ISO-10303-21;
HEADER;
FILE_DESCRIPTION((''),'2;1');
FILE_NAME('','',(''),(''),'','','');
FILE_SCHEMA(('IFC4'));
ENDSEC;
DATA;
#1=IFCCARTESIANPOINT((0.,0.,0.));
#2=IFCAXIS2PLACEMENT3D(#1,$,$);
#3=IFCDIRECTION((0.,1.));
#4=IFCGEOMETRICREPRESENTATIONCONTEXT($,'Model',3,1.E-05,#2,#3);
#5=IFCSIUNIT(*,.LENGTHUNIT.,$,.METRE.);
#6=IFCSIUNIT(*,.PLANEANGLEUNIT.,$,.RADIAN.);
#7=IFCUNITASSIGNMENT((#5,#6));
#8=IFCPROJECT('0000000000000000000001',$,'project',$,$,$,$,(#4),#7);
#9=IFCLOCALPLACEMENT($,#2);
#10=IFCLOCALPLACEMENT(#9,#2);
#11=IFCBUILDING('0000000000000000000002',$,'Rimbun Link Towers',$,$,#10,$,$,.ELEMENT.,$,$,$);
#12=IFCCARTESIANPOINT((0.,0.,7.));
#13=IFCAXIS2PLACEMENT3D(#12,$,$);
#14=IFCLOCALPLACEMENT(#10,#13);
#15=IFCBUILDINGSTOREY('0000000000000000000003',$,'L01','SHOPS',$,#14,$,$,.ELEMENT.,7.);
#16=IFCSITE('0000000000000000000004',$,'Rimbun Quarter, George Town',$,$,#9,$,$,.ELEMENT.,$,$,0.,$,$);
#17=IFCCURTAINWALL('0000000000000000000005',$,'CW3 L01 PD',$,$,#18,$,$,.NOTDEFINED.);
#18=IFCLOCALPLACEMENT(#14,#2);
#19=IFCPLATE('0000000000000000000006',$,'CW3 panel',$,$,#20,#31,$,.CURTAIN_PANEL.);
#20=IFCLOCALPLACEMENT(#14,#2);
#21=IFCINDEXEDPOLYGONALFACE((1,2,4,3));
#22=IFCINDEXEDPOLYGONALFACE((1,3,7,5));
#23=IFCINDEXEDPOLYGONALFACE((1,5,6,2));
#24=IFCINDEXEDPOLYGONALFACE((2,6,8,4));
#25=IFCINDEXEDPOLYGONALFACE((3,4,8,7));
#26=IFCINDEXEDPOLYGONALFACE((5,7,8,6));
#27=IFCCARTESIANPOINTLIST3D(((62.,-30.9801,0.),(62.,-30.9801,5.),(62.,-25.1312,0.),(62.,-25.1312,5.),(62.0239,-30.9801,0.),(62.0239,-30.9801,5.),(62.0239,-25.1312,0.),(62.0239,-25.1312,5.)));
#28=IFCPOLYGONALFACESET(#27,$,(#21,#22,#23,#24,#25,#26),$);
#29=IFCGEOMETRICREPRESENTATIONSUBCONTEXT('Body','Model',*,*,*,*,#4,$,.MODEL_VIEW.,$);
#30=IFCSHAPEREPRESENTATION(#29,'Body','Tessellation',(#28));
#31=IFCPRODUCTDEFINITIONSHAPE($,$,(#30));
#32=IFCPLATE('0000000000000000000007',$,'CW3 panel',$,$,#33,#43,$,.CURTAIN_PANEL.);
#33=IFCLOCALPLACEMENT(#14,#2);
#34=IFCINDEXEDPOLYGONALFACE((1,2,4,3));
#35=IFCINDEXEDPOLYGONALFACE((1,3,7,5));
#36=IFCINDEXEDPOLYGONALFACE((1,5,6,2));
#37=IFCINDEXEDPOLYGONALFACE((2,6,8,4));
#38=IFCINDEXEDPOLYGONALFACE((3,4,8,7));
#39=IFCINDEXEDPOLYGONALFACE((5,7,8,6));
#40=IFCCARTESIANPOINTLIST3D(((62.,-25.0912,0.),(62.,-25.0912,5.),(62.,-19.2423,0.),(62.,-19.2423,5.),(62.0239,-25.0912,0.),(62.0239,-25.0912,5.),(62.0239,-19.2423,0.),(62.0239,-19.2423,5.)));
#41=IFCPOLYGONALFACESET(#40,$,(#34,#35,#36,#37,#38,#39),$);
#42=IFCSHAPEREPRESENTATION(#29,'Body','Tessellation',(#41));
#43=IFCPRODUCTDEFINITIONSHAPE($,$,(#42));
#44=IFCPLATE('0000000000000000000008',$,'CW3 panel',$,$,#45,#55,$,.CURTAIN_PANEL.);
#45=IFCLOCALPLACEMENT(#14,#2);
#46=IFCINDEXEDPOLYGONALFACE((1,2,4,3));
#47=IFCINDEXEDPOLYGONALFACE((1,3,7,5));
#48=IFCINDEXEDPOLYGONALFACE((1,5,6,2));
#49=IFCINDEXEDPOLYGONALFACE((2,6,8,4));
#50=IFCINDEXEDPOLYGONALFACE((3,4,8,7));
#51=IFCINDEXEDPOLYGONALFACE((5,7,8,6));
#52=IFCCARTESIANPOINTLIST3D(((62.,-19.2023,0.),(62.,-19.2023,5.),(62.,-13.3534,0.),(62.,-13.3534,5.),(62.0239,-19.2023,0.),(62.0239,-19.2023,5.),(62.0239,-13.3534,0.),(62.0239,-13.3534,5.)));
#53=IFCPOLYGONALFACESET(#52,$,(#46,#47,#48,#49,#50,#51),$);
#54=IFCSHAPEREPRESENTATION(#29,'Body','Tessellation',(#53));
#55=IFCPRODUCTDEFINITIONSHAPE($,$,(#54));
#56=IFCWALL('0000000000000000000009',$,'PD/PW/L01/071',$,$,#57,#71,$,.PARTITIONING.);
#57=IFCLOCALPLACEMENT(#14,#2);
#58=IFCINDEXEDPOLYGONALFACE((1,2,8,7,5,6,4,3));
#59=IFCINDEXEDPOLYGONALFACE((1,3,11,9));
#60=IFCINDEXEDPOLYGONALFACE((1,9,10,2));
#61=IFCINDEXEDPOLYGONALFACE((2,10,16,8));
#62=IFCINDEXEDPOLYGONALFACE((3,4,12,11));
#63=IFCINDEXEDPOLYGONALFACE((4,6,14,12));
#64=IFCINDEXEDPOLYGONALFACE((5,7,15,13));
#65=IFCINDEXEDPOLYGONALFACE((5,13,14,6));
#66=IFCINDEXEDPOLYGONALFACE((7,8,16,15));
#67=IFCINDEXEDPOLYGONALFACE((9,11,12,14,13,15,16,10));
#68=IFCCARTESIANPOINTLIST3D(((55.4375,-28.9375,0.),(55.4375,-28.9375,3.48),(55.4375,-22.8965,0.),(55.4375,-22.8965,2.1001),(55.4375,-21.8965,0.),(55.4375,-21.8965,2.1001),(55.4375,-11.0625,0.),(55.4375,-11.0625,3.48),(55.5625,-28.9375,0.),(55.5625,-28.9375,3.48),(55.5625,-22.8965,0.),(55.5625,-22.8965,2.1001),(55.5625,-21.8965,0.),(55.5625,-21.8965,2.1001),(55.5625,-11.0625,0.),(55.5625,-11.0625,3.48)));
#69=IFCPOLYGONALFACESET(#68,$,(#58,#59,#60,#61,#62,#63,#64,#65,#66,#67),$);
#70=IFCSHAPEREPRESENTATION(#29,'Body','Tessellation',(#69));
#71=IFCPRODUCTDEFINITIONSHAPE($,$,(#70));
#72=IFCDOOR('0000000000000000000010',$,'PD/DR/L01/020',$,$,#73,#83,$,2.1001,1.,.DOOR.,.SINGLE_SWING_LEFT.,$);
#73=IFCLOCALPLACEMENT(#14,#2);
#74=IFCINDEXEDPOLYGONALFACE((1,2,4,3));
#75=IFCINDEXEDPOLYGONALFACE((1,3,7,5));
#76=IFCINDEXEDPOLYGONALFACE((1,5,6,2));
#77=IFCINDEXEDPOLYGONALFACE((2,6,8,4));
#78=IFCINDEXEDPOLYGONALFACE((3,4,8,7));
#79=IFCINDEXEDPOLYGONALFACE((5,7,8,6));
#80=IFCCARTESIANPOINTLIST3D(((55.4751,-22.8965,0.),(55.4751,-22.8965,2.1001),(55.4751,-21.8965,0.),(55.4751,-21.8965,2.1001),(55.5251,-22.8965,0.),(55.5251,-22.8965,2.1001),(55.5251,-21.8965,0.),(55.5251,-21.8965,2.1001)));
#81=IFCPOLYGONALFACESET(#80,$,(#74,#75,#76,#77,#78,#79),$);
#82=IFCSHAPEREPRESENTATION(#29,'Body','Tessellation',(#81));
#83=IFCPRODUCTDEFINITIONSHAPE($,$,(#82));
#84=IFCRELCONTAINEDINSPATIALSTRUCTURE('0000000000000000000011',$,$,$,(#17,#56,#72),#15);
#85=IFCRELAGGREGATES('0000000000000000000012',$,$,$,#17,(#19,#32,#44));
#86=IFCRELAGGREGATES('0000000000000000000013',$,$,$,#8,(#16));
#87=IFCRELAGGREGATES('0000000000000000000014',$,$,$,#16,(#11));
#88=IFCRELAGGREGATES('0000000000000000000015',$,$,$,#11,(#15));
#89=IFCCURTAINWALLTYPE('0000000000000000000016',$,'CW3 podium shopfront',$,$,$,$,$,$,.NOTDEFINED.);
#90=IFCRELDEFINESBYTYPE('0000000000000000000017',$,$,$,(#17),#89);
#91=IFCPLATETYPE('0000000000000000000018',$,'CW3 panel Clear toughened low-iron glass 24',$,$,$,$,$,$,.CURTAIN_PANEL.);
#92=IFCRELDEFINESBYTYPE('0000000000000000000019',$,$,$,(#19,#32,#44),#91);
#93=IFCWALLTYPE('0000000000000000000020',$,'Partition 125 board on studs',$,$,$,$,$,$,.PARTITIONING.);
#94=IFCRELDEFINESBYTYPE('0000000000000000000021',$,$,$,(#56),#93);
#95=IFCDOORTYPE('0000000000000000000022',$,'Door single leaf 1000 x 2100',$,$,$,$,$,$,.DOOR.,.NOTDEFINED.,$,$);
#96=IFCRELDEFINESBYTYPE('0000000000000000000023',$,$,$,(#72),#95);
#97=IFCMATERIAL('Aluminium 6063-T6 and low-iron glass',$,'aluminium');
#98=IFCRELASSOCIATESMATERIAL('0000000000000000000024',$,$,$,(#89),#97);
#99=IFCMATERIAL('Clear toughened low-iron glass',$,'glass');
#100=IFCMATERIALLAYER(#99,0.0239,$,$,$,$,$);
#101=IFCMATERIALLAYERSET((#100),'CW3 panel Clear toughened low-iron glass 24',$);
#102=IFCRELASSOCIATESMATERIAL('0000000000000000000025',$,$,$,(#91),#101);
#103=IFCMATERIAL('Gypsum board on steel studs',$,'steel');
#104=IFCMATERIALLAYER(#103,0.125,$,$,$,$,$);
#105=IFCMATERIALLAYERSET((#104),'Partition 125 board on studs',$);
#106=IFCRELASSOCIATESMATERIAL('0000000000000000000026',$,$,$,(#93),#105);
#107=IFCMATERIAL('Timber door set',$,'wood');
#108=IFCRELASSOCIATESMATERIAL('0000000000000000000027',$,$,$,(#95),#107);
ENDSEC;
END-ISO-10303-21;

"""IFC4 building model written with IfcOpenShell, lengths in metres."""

from ifc_helpers import new_model, si_unit, direction, frame, frame_2d, origin, origin_2d, place, context, subcontext, project, spatial, rectangle, extrude, material, layer, layer_set, type_object, element, fill, aggregate, save


model = new_model("IFC4")

# Units and contexts
model_context = context("Model", 3, precision=1e-05, world=origin(), true_north=direction((0.0, 1.0)))
body_context = subcontext(model_context, "Body", "Model", "MODEL_VIEW")
ifc_project = project(units=[si_unit("LENGTHUNIT", "METRE"), si_unit("PLANEANGLEUNIT", "RADIAN")], contexts=[model_context])

# Site, building, storey
site_placement = place(None, origin())
site = spatial("IfcSite", under=ifc_project, at=site_placement, Name="Rimbun Quarter, George Town", CompositionType="ELEMENT", RefElevation=0.0)
building_placement = place(site_placement, origin())
building = spatial("IfcBuilding", under=site, at=building_placement, Name="Rimbun Link Towers", CompositionType="ELEMENT")
storey_placement = place(building_placement, frame((0.0, 0.0, 7.0)))
storey = spatial("IfcBuildingStorey", under=building, at=storey_placement, Name="L01", Description="SHOPS", CompositionType="ELEMENT", Elevation=7.0)

# Curtain wall
ifc_material_1 = material(Name="Aluminium 6063-T6 and low-iron glass", Category="aluminium")
curtain_wall_type = type_object("IfcCurtainWallType", Name="CW3 podium shopfront", PredefinedType="NOTDEFINED", material=ifc_material_1)
curtain_wall_placement = place(storey_placement, origin())
curtain_wall = element("IfcCurtainWall", 1, at=curtain_wall_placement, inside=storey, type_object=curtain_wall_type, Name="CW3 L01 PD", PredefinedType="NOTDEFINED")

# Plates
ifc_material_2 = material(Name="Clear toughened low-iron glass", Category="glass")
ifc_layer_1 = layer(ifc_material_2, 0.0239)
ifc_layer_set_1 = layer_set([ifc_layer_1], Name="CW3 panel Clear toughened low-iron glass 24")
plate_type = type_object("IfcPlateType", Name="CW3 panel Clear toughened low-iron glass 24", PredefinedType="CURTAIN_PANEL", material=ifc_layer_set_1)
plate_1_placement = place(storey_placement, frame((62.012, -28.0557, 0.0), z_axis=(0.0, 0.0, 1.0), x_axis=(0.0, -1.0, 0.0)))
plate_1 = element("IfcPlate", 2, at=plate_1_placement, type_object=plate_type, Name="CW3 panel", PredefinedType="CURTAIN_PANEL", context=body_context, shape_type="SweptSolid", body=[
    extrude(rectangle(XDim=5.8489, YDim=0.0239, at=origin_2d()), origin(), (0.0, 0.0, 1.0), 5.0),
])
plate_2_placement = place(storey_placement, frame((62.012, -22.1667, 0.0), z_axis=(0.0, 0.0, 1.0), x_axis=(0.0, -1.0, 0.0)))
plate_2 = element("IfcPlate", 3, at=plate_2_placement, type_object=plate_type, Name="CW3 panel", PredefinedType="CURTAIN_PANEL", context=body_context, shape_type="SweptSolid", body=[
    extrude(rectangle(XDim=5.8489, YDim=0.0239, at=origin_2d()), origin(), (0.0, 0.0, 1.0), 5.0),
])
plate_3_placement = place(storey_placement, frame((62.012, -16.2778, 0.0), z_axis=(0.0, 0.0, 1.0), x_axis=(0.0, -1.0, 0.0)))
plate_3 = element("IfcPlate", 4, at=plate_3_placement, type_object=plate_type, Name="CW3 panel", PredefinedType="CURTAIN_PANEL", context=body_context, shape_type="SweptSolid", body=[
    extrude(rectangle(XDim=5.8489, YDim=0.0239, at=origin_2d()), origin(), (0.0, 0.0, 1.0), 5.0),
])
aggregate(curtain_wall, [plate_1, plate_2, plate_3])

# Wall, opening, door
ifc_material_3 = material(Name="Gypsum board on steel studs", Category="steel")
ifc_layer_2 = layer(ifc_material_3, 0.125)
ifc_layer_set_2 = layer_set([ifc_layer_2], Name="Partition 125 board on studs")
wall_type = type_object("IfcWallType", Name="Partition 125 board on studs", PredefinedType="PARTITIONING", material=ifc_layer_set_2)
wall_placement = place(storey_placement, frame((55.5, -28.9375, 0.0), z_axis=(0.0, 0.0, 1.0), x_axis=(0.0, 1.0, 0.0)))
wall = element("IfcWall", 5, at=wall_placement, inside=storey, type_object=wall_type, Name="PD/PW/L01/071", PredefinedType="PARTITIONING", context=body_context, shape_type="SweptSolid", body=[
    extrude(rectangle(XDim=17.875, YDim=0.125, at=frame_2d((8.9375, 0.0))), origin(), (0.0, 0.0, 1.0), 3.48),
])
opening_placement = place(wall_placement, frame((6.041, 0.0, 0.0)))
opening = element("IfcOpeningElement", 6, at=opening_placement, cuts=wall, PredefinedType="OPENING", context=body_context, shape_type="SweptSolid", body=[
    extrude(rectangle(XDim=1.0, YDim=2.1001, at=frame_2d((0.5, 1.05))), frame((0.0, 0.0725, 0.0), z_axis=(0.0, -1.0, 0.0), x_axis=(1.0, 0.0, 0.0)), (0.0, 0.0, 1.0), 0.145),
])
ifc_material_4 = material(Name="Timber door set", Category="wood")
door_type = type_object("IfcDoorType", Name="Door single leaf 1000 x 2100", OperationType="NOTDEFINED", PredefinedType="DOOR", material=ifc_material_4)
door_placement = place(opening_placement, origin())
door = element("IfcDoor", 7, at=door_placement, inside=storey, type_object=door_type, Name="PD/DR/L01/020", OperationType="SINGLE_SWING_LEFT", OverallHeight=2.1001, OverallWidth=1.0, PredefinedType="DOOR", context=body_context, shape_type="SweptSolid", body=[
    extrude(rectangle(XDim=1.0, YDim=2.1001, at=frame_2d((0.5, 1.05))), frame((0.0, 0.0249, 0.0), z_axis=(0.0, -1.0, 0.0), x_axis=(1.0, 0.0, 0.0)), (0.0, 0.0, 1.0), 0.05),
])
fill(opening, door)

save(model, "model.ifc")
